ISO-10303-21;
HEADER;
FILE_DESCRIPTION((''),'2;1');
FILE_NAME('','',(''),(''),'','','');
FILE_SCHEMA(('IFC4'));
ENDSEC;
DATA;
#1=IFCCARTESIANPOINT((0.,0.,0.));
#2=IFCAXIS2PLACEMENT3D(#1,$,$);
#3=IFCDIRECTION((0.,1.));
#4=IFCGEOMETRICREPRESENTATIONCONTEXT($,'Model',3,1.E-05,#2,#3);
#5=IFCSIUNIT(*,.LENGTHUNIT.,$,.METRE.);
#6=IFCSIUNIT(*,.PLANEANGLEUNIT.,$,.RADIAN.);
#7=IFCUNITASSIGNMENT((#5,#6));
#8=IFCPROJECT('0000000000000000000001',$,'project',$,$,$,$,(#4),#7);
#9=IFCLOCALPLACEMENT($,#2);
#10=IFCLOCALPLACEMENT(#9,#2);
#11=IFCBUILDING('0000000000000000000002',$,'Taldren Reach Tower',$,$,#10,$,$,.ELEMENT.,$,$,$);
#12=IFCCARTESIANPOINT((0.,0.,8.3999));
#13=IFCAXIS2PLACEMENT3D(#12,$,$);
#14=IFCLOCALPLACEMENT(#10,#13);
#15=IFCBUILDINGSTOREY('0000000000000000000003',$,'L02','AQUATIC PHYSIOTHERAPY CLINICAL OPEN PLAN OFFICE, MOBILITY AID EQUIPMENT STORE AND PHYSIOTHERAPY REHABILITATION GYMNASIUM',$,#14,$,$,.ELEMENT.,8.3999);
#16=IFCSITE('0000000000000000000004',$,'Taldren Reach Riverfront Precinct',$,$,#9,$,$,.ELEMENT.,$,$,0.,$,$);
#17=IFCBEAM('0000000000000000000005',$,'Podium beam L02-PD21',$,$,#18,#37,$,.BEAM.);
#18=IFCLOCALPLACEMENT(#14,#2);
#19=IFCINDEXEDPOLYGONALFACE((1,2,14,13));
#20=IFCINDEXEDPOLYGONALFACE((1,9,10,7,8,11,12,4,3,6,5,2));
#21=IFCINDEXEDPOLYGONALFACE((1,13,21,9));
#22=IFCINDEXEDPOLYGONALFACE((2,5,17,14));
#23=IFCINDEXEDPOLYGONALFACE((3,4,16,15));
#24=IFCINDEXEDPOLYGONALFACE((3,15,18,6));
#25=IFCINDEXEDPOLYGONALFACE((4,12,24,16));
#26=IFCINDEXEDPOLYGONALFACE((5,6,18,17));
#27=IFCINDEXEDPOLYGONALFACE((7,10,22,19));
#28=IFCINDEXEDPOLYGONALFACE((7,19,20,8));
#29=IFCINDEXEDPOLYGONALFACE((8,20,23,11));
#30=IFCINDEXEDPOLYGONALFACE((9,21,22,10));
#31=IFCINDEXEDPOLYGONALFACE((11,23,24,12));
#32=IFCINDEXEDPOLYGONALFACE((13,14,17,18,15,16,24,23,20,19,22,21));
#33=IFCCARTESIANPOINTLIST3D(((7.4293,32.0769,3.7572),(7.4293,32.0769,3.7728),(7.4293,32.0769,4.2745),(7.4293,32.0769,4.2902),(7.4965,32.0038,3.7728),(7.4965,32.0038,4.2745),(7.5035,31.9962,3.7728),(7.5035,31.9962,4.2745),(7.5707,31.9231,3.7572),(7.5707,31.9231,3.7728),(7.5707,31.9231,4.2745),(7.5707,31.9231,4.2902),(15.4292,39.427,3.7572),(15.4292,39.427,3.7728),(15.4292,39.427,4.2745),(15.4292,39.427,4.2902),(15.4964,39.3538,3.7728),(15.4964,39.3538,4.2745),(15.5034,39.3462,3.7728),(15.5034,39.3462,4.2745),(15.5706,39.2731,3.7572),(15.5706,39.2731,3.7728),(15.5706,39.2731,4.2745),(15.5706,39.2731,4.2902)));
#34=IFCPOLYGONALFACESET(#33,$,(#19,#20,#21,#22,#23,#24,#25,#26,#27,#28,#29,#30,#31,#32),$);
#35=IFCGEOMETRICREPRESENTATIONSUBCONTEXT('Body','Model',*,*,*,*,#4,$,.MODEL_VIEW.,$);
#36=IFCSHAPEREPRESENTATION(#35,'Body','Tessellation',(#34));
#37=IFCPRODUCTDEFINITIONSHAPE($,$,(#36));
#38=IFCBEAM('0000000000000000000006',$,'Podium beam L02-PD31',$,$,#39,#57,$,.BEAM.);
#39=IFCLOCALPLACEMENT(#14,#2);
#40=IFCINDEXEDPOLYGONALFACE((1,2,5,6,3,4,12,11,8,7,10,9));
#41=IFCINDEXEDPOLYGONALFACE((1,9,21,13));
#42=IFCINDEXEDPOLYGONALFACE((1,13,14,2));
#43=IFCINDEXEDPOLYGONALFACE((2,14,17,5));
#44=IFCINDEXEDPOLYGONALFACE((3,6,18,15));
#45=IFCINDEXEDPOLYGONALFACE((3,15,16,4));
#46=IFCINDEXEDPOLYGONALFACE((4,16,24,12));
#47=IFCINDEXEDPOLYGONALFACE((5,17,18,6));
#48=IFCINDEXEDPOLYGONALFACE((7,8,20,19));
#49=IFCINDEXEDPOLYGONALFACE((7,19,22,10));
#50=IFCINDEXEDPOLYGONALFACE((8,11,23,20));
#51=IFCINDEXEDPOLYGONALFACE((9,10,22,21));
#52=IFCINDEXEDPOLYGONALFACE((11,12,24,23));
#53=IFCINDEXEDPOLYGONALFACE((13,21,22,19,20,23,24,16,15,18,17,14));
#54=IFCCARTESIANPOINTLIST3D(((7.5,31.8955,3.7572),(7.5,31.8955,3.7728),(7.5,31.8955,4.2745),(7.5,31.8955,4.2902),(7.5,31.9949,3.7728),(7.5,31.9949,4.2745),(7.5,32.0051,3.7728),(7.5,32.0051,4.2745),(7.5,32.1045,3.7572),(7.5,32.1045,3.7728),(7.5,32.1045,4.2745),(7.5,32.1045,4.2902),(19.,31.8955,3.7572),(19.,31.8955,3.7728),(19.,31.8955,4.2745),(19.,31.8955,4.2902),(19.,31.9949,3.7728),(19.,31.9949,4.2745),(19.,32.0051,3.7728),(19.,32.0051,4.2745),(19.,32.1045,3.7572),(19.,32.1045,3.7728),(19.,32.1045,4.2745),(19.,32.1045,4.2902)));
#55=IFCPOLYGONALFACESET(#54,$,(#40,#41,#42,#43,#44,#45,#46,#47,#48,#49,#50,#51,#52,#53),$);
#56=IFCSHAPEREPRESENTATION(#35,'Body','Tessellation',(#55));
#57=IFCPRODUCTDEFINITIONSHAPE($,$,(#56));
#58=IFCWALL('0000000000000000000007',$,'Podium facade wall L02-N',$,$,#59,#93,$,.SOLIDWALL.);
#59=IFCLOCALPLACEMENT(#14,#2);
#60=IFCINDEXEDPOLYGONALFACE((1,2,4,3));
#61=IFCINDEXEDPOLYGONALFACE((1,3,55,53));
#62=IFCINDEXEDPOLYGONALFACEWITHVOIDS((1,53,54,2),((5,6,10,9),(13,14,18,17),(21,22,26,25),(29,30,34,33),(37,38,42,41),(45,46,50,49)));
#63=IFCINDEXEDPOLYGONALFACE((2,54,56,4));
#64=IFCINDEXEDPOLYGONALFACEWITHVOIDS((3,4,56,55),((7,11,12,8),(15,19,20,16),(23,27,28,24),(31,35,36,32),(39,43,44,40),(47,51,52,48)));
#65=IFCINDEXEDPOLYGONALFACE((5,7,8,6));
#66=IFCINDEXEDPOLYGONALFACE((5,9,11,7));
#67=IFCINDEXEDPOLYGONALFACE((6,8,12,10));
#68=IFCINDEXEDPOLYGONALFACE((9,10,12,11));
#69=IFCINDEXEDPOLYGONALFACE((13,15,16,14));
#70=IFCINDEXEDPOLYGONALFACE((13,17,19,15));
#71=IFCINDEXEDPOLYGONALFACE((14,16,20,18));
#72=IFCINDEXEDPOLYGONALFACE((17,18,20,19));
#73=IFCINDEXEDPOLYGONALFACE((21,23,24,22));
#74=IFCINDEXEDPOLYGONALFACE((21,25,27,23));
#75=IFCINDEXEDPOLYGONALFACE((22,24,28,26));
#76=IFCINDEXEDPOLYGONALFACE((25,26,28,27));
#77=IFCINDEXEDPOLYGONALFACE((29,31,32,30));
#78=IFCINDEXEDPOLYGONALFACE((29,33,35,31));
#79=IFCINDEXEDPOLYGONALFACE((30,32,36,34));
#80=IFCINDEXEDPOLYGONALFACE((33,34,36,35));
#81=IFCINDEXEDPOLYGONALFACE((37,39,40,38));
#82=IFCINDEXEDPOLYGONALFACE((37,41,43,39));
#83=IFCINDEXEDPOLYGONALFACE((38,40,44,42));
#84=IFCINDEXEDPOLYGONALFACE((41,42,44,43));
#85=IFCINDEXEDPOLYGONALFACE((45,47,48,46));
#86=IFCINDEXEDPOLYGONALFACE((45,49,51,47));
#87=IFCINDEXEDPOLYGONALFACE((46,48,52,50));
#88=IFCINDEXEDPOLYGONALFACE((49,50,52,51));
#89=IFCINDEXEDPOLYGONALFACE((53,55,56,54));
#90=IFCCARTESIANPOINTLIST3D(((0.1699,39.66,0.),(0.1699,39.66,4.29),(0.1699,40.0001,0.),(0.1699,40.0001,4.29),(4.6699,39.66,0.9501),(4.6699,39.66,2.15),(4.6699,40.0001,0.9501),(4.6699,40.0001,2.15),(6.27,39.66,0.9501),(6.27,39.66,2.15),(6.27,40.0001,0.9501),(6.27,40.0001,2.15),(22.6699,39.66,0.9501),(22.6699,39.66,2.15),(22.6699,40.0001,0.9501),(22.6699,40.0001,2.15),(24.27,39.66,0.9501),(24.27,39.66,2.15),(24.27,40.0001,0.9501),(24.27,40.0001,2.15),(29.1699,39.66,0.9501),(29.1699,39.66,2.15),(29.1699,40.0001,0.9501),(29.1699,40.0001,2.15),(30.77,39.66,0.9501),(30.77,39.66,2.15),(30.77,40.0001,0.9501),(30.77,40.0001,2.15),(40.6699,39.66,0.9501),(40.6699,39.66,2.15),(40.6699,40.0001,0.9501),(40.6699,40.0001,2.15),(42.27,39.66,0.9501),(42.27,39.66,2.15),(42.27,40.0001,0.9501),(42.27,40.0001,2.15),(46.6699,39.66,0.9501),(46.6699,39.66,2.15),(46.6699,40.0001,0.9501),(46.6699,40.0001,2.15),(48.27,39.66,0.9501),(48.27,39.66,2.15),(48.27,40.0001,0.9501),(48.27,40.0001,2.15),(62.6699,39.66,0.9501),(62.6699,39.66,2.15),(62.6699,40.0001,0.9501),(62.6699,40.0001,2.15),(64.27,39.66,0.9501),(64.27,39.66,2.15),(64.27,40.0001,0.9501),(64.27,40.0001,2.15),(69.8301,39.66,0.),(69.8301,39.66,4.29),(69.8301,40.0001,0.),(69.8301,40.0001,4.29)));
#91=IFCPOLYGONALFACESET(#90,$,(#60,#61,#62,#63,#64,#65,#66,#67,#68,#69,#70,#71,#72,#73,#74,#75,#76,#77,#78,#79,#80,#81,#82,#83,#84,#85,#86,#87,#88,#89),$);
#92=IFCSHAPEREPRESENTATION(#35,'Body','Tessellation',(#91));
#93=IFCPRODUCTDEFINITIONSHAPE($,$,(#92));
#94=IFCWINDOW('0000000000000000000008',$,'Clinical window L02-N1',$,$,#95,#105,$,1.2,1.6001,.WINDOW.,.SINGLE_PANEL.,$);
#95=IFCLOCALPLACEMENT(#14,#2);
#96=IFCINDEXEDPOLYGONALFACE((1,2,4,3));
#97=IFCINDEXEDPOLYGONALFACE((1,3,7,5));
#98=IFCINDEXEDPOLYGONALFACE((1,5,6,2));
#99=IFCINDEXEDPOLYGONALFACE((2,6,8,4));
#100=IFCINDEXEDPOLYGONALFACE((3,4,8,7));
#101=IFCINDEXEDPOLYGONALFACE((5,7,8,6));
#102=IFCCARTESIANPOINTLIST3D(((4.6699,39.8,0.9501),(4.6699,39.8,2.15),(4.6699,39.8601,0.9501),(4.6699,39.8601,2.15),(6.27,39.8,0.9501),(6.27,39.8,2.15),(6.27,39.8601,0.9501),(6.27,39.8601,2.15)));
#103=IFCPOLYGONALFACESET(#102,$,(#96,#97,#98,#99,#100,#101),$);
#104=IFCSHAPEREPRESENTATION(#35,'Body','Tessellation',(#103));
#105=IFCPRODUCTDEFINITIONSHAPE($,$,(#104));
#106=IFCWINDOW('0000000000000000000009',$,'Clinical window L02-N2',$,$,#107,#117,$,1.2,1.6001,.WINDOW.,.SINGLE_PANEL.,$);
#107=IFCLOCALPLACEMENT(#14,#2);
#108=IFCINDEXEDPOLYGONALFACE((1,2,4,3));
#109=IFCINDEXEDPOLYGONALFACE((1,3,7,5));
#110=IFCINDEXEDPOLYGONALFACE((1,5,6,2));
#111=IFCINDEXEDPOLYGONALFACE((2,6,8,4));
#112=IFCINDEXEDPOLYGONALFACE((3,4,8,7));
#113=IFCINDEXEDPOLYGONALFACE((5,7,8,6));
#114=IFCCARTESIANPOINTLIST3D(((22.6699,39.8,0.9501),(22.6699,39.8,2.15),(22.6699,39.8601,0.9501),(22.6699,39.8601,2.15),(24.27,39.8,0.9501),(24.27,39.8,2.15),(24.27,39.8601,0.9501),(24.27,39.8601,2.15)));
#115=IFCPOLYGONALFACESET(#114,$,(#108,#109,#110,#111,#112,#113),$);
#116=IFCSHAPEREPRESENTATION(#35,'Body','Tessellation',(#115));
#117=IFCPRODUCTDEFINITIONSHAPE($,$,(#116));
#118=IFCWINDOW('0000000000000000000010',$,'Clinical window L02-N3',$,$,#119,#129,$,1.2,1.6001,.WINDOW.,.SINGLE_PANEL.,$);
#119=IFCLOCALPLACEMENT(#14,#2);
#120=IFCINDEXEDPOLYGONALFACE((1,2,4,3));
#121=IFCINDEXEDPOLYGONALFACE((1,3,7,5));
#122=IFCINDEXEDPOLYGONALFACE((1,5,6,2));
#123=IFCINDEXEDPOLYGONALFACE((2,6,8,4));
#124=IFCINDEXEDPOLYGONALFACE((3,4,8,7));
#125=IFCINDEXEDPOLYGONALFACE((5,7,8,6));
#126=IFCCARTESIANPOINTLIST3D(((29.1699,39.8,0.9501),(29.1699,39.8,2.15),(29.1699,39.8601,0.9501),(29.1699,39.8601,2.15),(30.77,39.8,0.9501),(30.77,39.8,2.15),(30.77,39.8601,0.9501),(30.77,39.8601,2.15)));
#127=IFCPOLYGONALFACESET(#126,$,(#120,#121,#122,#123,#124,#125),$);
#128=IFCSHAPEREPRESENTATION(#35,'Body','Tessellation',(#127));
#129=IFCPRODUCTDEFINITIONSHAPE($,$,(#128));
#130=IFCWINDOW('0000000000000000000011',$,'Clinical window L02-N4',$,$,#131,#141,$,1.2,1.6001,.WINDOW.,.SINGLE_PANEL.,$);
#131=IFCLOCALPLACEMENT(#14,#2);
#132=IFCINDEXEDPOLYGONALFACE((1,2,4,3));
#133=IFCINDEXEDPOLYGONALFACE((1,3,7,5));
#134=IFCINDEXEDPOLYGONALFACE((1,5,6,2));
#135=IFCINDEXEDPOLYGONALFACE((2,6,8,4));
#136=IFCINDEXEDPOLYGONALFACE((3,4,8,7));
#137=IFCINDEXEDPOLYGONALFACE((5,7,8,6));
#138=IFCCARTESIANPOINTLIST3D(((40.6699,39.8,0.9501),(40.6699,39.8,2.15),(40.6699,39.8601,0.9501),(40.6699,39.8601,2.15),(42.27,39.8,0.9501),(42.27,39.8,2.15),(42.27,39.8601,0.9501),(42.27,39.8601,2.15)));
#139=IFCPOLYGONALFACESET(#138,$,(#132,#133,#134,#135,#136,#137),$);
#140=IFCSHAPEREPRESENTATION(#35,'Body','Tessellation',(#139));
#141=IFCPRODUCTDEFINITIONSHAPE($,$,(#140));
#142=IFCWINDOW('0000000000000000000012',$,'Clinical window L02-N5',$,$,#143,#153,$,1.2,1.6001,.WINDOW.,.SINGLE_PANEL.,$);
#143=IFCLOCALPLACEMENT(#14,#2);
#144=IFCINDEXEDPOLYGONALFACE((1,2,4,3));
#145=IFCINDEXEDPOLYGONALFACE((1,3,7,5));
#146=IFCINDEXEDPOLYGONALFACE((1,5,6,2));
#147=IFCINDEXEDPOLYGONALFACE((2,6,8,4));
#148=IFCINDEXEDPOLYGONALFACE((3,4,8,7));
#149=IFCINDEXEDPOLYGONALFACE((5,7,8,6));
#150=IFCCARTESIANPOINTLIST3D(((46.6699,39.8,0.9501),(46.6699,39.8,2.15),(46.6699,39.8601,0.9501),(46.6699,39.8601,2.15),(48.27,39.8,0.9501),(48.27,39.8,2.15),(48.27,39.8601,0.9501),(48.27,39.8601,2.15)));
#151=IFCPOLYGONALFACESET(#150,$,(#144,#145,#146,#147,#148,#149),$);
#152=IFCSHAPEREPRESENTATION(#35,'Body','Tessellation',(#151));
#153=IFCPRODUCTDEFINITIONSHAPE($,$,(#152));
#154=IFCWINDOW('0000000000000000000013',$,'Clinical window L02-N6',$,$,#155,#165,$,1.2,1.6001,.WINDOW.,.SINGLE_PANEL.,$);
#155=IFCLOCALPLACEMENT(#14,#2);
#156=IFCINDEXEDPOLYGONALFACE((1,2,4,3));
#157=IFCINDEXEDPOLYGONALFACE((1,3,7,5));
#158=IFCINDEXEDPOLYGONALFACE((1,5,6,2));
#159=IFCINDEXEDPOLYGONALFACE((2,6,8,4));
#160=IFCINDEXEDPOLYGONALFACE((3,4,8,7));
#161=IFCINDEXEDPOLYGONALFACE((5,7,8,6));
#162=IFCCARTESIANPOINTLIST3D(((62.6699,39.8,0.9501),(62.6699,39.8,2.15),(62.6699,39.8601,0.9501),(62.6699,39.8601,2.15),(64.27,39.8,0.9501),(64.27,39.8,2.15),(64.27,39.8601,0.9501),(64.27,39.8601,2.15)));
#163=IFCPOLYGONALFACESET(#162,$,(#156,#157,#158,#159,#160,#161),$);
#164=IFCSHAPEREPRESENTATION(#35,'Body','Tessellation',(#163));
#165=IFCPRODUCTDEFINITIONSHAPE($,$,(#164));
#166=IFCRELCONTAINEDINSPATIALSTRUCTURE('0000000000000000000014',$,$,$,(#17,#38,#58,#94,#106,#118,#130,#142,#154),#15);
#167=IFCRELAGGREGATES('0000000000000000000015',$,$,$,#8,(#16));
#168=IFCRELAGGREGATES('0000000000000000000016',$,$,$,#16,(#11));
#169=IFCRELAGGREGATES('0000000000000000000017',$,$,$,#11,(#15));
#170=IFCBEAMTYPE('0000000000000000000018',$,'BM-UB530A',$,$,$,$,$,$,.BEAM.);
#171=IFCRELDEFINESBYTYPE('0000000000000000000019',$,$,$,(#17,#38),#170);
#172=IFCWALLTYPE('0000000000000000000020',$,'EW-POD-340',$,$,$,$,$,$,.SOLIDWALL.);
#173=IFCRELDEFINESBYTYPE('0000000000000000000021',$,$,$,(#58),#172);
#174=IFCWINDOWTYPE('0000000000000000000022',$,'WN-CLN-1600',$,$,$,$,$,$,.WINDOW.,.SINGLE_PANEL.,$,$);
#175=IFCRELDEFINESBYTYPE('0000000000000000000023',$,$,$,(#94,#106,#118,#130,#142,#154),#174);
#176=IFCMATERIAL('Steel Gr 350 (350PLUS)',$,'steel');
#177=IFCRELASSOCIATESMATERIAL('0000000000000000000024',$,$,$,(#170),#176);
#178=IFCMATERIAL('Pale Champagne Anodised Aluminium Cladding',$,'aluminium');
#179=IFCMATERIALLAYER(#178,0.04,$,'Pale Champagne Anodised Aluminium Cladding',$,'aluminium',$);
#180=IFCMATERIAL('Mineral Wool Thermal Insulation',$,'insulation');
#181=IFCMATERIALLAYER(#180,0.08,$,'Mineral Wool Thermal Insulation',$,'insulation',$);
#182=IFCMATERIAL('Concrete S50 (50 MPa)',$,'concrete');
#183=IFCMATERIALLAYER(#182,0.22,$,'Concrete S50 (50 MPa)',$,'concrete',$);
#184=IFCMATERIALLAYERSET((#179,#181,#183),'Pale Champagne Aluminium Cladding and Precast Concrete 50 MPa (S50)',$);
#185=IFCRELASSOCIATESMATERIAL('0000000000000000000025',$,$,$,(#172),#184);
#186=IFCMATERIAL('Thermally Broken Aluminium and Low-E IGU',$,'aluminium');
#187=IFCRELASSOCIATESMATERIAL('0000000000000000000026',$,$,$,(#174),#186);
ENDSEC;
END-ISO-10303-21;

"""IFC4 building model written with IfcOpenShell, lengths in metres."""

from ifc_helpers import new_model, si_unit, direction, frame, frame_2d, origin, origin_2d, place, context, subcontext, project, spatial, rectangle, i_section, extrude, source, transform, mapped, material, layer, layer_set, material_profile, profile_set, type_object, element, fill, save


model = new_model("IFC4")

# Units and contexts
model_context = context("Model", 3, precision=1e-05, world=origin(), true_north=direction((0.0, 1.0)))
body_context = subcontext(model_context, "Body", "Model", "MODEL_VIEW")
ifc_project = project(units=[si_unit("LENGTHUNIT", "METRE"), si_unit("PLANEANGLEUNIT", "RADIAN")], contexts=[model_context])

# Site, building, storey
site_placement = place(None, origin())
site = spatial("IfcSite", under=ifc_project, at=site_placement, Name="Taldren Reach Riverfront Precinct", CompositionType="ELEMENT", RefElevation=0.0)
building_placement = place(site_placement, origin())
building = spatial("IfcBuilding", under=site, at=building_placement, Name="Taldren Reach Tower", CompositionType="ELEMENT")
storey_placement = place(building_placement, frame((0.0, 0.0, 8.3999)))
storey = spatial("IfcBuildingStorey", under=building, at=storey_placement, Name="L02", Description="AQUATIC PHYSIOTHERAPY CLINICAL OPEN PLAN OFFICE, MOBILITY AID EQUIPMENT STORE AND PHYSIOTHERAPY REHABILITATION GYMNASIUM", CompositionType="ELEMENT", Elevation=8.3999)

# Shared definitions
ifc_material_1 = material(Name="Steel Gr 350 (350PLUS)", Category="steel")

# Beams
ifc_material_profile_1 = material_profile(ifc_material_1, i_section(OverallWidth=0.209, OverallDepth=0.533, WebThickness=0.0103, FlangeThickness=0.0156, at=origin_2d()), Name="530UB92.4")
ifc_profile_set_1 = profile_set([ifc_material_profile_1], Name="Steel Gr 350 (350PLUS)")
beam_type_1 = type_object("IfcBeamType", Name="BM-UB530A", PredefinedType="BEAM", material=ifc_profile_set_1)
shared_shape_1 = source(origin(), body_context, "Body", "SweptSolid", [
    extrude(i_section(OverallWidth=0.209, OverallDepth=0.533, WebThickness=0.0103, FlangeThickness=0.0156, at=origin_2d()), origin(), (0.0, 0.0, 1.0), 10.8638),
])
beam_1_placement = place(storey_placement, frame((7.5, 32.0, 4.0237), z_axis=(0.736385, 0.676563, 0.0), x_axis=(-0.676563, 0.736385, 0.0)))
element("IfcBeam", 1, at=beam_1_placement, inside=storey, type_object=beam_type_1, Name="Podium beam L02-PD21", PredefinedType="BEAM", context=body_context, shape_type="MappedRepresentation", body=[
    mapped(shared_shape_1, transform((0.0, 0.0, 0.0), scale=1.0)),
])
shared_shape_2 = source(origin(), body_context, "Body", "SweptSolid", [
    extrude(i_section(OverallWidth=0.209, OverallDepth=0.533, WebThickness=0.0103, FlangeThickness=0.0156, at=origin_2d()), origin(), (0.0, 0.0, 1.0), 11.5),
])
beam_2_placement = place(storey_placement, frame((7.5, 32.0, 4.0237), z_axis=(1.0, 0.0, 0.0), x_axis=(0.0, 1.0, 0.0)))
element("IfcBeam", 2, at=beam_2_placement, inside=storey, type_object=beam_type_1, Name="Podium beam L02-PD31", PredefinedType="BEAM", context=body_context, shape_type="MappedRepresentation", body=[
    mapped(shared_shape_2, transform((0.0, 0.0, 0.0), scale=1.0)),
])

# Wall, openings, windows
ifc_material_2 = material(Name="Pale Champagne Anodised Aluminium Cladding", Category="aluminium")
ifc_layer_1 = layer(ifc_material_2, 0.04, Name="Pale Champagne Anodised Aluminium Cladding", Category="aluminium")
ifc_material_3 = material(Name="Mineral Wool Thermal Insulation", Category="insulation")
ifc_layer_2 = layer(ifc_material_3, 0.08, Name="Mineral Wool Thermal Insulation", Category="insulation")
ifc_material_4 = material(Name="Concrete S50 (50 MPa)", Category="concrete")
ifc_layer_3 = layer(ifc_material_4, 0.22, Name="Concrete S50 (50 MPa)", Category="concrete")
ifc_layer_set_1 = layer_set([ifc_layer_1, ifc_layer_2, ifc_layer_3], Name="Pale Champagne Aluminium Cladding and Precast Concrete 50 MPa (S50)")
wall_type_1 = type_object("IfcWallType", Name="EW-POD-340", PredefinedType="SOLIDWALL", material=ifc_layer_set_1)
shared_shape_3 = source(origin(), body_context, "Body", "SweptSolid", [
    extrude(rectangle(XDim=69.6602, YDim=0.3401, at=frame_2d((34.8301, 0.0))), origin(), (0.0, 0.0, 1.0), 4.29),
])
wall_1_placement = place(storey_placement, frame((0.1699, 39.8301, 0.0), z_axis=(0.0, 0.0, 1.0), x_axis=(1.0, 0.0, 0.0)))
wall_1 = element("IfcWall", 3, at=wall_1_placement, inside=storey, type_object=wall_type_1, Name="Podium facade wall L02-N", PredefinedType="SOLIDWALL", context=body_context, shape_type="MappedRepresentation", body=[
    mapped(shared_shape_3, transform((0.0, 0.0, 0.0), scale=1.0)),
])
shared_shape_4 = source(origin(), body_context, "Body", "SweptSolid", [
    extrude(rectangle(XDim=1.6001, YDim=1.2, at=frame_2d((0.8, 0.6001))), frame((0.0, 0.1802, 0.0), z_axis=(0.0, -1.0, 0.0), x_axis=(1.0, 0.0, 0.0)), (0.0, 0.0, 1.0), 0.3601),
])
opening_1_placement = place(wall_1_placement, frame((4.5, 0.0, 0.95)))
opening_1 = element("IfcOpeningElement", 4, at=opening_1_placement, cuts=wall_1, PredefinedType="OPENING", context=body_context, shape_type="MappedRepresentation", body=[
    mapped(shared_shape_4, transform((0.0, 0.0, 0.0), scale=1.0)),
])
opening_2_placement = place(wall_1_placement, frame((22.5, 0.0, 0.95)))
opening_2 = element("IfcOpeningElement", 5, at=opening_2_placement, cuts=wall_1, PredefinedType="OPENING", context=body_context, shape_type="MappedRepresentation", body=[
    mapped(shared_shape_4, transform((0.0, 0.0, 0.0), scale=1.0)),
])
opening_3_placement = place(wall_1_placement, frame((29.0, 0.0, 0.95)))
opening_3 = element("IfcOpeningElement", 6, at=opening_3_placement, cuts=wall_1, PredefinedType="OPENING", context=body_context, shape_type="MappedRepresentation", body=[
    mapped(shared_shape_4, transform((0.0, 0.0, 0.0), scale=1.0)),
])
opening_4_placement = place(wall_1_placement, frame((40.5, 0.0, 0.95)))
opening_4 = element("IfcOpeningElement", 7, at=opening_4_placement, cuts=wall_1, PredefinedType="OPENING", context=body_context, shape_type="MappedRepresentation", body=[
    mapped(shared_shape_4, transform((0.0, 0.0, 0.0), scale=1.0)),
])
opening_5_placement = place(wall_1_placement, frame((46.5, 0.0, 0.95)))
opening_5 = element("IfcOpeningElement", 8, at=opening_5_placement, cuts=wall_1, PredefinedType="OPENING", context=body_context, shape_type="MappedRepresentation", body=[
    mapped(shared_shape_4, transform((0.0, 0.0, 0.0), scale=1.0)),
])
opening_6_placement = place(wall_1_placement, frame((62.5, 0.0, 0.95)))
opening_6 = element("IfcOpeningElement", 9, at=opening_6_placement, cuts=wall_1, PredefinedType="OPENING", context=body_context, shape_type="MappedRepresentation", body=[
    mapped(shared_shape_4, transform((0.0, 0.0, 0.0), scale=1.0)),
])
ifc_material_5 = material(Name="Thermally Broken Aluminium and Low-E IGU", Category="aluminium")
window_type = type_object("IfcWindowType", Name="WN-CLN-1600", PartitioningType="SINGLE_PANEL", PredefinedType="WINDOW", material=ifc_material_5)
shared_shape_5 = source(origin(), body_context, "Body", "SweptSolid", [
    extrude(rectangle(XDim=1.6001, YDim=1.2, at=frame_2d((0.8, 0.6001))), frame((0.0, 0.03, 0.0), z_axis=(0.0, -1.0, 0.0), x_axis=(1.0, 0.0, 0.0)), (0.0, 0.0, 1.0), 0.0601),
])
window_1_placement = place(opening_1_placement, origin())
window_1 = element("IfcWindow", 10, at=window_1_placement, inside=storey, type_object=window_type, Name="Clinical window L02-N1", OverallHeight=1.2, OverallWidth=1.6001, PartitioningType="SINGLE_PANEL", PredefinedType="WINDOW", context=body_context, shape_type="MappedRepresentation", body=[
    mapped(shared_shape_5, transform((0.0, 0.0, 0.0), scale=1.0)),
])
fill(opening_1, window_1)
window_2_placement = place(opening_2_placement, origin())
window_2 = element("IfcWindow", 11, at=window_2_placement, inside=storey, type_object=window_type, Name="Clinical window L02-N2", OverallHeight=1.2, OverallWidth=1.6001, PartitioningType="SINGLE_PANEL", PredefinedType="WINDOW", context=body_context, shape_type="MappedRepresentation", body=[
    mapped(shared_shape_5, transform((0.0, 0.0, 0.0), scale=1.0)),
])
fill(opening_2, window_2)
window_3_placement = place(opening_3_placement, origin())
window_3 = element("IfcWindow", 12, at=window_3_placement, inside=storey, type_object=window_type, Name="Clinical window L02-N3", OverallHeight=1.2, OverallWidth=1.6001, PartitioningType="SINGLE_PANEL", PredefinedType="WINDOW", context=body_context, shape_type="MappedRepresentation", body=[
    mapped(shared_shape_5, transform((0.0, 0.0, 0.0), scale=1.0)),
])
fill(opening_3, window_3)
window_4_placement = place(opening_4_placement, origin())
window_4 = element("IfcWindow", 13, at=window_4_placement, inside=storey, type_object=window_type, Name="Clinical window L02-N4", OverallHeight=1.2, OverallWidth=1.6001, PartitioningType="SINGLE_PANEL", PredefinedType="WINDOW", context=body_context, shape_type="MappedRepresentation", body=[
    mapped(shared_shape_5, transform((0.0, 0.0, 0.0), scale=1.0)),
])
fill(opening_4, window_4)
window_5_placement = place(opening_5_placement, origin())
window_5 = element("IfcWindow", 14, at=window_5_placement, inside=storey, type_object=window_type, Name="Clinical window L02-N5", OverallHeight=1.2, OverallWidth=1.6001, PartitioningType="SINGLE_PANEL", PredefinedType="WINDOW", context=body_context, shape_type="MappedRepresentation", body=[
    mapped(shared_shape_5, transform((0.0, 0.0, 0.0), scale=1.0)),
])
fill(opening_5, window_5)
window_6_placement = place(opening_6_placement, origin())
window_6 = element("IfcWindow", 15, at=window_6_placement, inside=storey, type_object=window_type, Name="Clinical window L02-N6", OverallHeight=1.2, OverallWidth=1.6001, PartitioningType="SINGLE_PANEL", PredefinedType="WINDOW", context=body_context, shape_type="MappedRepresentation", body=[
    mapped(shared_shape_5, transform((0.0, 0.0, 0.0), scale=1.0)),
])
fill(opening_6, window_6)

save(model, "model.ifc")
